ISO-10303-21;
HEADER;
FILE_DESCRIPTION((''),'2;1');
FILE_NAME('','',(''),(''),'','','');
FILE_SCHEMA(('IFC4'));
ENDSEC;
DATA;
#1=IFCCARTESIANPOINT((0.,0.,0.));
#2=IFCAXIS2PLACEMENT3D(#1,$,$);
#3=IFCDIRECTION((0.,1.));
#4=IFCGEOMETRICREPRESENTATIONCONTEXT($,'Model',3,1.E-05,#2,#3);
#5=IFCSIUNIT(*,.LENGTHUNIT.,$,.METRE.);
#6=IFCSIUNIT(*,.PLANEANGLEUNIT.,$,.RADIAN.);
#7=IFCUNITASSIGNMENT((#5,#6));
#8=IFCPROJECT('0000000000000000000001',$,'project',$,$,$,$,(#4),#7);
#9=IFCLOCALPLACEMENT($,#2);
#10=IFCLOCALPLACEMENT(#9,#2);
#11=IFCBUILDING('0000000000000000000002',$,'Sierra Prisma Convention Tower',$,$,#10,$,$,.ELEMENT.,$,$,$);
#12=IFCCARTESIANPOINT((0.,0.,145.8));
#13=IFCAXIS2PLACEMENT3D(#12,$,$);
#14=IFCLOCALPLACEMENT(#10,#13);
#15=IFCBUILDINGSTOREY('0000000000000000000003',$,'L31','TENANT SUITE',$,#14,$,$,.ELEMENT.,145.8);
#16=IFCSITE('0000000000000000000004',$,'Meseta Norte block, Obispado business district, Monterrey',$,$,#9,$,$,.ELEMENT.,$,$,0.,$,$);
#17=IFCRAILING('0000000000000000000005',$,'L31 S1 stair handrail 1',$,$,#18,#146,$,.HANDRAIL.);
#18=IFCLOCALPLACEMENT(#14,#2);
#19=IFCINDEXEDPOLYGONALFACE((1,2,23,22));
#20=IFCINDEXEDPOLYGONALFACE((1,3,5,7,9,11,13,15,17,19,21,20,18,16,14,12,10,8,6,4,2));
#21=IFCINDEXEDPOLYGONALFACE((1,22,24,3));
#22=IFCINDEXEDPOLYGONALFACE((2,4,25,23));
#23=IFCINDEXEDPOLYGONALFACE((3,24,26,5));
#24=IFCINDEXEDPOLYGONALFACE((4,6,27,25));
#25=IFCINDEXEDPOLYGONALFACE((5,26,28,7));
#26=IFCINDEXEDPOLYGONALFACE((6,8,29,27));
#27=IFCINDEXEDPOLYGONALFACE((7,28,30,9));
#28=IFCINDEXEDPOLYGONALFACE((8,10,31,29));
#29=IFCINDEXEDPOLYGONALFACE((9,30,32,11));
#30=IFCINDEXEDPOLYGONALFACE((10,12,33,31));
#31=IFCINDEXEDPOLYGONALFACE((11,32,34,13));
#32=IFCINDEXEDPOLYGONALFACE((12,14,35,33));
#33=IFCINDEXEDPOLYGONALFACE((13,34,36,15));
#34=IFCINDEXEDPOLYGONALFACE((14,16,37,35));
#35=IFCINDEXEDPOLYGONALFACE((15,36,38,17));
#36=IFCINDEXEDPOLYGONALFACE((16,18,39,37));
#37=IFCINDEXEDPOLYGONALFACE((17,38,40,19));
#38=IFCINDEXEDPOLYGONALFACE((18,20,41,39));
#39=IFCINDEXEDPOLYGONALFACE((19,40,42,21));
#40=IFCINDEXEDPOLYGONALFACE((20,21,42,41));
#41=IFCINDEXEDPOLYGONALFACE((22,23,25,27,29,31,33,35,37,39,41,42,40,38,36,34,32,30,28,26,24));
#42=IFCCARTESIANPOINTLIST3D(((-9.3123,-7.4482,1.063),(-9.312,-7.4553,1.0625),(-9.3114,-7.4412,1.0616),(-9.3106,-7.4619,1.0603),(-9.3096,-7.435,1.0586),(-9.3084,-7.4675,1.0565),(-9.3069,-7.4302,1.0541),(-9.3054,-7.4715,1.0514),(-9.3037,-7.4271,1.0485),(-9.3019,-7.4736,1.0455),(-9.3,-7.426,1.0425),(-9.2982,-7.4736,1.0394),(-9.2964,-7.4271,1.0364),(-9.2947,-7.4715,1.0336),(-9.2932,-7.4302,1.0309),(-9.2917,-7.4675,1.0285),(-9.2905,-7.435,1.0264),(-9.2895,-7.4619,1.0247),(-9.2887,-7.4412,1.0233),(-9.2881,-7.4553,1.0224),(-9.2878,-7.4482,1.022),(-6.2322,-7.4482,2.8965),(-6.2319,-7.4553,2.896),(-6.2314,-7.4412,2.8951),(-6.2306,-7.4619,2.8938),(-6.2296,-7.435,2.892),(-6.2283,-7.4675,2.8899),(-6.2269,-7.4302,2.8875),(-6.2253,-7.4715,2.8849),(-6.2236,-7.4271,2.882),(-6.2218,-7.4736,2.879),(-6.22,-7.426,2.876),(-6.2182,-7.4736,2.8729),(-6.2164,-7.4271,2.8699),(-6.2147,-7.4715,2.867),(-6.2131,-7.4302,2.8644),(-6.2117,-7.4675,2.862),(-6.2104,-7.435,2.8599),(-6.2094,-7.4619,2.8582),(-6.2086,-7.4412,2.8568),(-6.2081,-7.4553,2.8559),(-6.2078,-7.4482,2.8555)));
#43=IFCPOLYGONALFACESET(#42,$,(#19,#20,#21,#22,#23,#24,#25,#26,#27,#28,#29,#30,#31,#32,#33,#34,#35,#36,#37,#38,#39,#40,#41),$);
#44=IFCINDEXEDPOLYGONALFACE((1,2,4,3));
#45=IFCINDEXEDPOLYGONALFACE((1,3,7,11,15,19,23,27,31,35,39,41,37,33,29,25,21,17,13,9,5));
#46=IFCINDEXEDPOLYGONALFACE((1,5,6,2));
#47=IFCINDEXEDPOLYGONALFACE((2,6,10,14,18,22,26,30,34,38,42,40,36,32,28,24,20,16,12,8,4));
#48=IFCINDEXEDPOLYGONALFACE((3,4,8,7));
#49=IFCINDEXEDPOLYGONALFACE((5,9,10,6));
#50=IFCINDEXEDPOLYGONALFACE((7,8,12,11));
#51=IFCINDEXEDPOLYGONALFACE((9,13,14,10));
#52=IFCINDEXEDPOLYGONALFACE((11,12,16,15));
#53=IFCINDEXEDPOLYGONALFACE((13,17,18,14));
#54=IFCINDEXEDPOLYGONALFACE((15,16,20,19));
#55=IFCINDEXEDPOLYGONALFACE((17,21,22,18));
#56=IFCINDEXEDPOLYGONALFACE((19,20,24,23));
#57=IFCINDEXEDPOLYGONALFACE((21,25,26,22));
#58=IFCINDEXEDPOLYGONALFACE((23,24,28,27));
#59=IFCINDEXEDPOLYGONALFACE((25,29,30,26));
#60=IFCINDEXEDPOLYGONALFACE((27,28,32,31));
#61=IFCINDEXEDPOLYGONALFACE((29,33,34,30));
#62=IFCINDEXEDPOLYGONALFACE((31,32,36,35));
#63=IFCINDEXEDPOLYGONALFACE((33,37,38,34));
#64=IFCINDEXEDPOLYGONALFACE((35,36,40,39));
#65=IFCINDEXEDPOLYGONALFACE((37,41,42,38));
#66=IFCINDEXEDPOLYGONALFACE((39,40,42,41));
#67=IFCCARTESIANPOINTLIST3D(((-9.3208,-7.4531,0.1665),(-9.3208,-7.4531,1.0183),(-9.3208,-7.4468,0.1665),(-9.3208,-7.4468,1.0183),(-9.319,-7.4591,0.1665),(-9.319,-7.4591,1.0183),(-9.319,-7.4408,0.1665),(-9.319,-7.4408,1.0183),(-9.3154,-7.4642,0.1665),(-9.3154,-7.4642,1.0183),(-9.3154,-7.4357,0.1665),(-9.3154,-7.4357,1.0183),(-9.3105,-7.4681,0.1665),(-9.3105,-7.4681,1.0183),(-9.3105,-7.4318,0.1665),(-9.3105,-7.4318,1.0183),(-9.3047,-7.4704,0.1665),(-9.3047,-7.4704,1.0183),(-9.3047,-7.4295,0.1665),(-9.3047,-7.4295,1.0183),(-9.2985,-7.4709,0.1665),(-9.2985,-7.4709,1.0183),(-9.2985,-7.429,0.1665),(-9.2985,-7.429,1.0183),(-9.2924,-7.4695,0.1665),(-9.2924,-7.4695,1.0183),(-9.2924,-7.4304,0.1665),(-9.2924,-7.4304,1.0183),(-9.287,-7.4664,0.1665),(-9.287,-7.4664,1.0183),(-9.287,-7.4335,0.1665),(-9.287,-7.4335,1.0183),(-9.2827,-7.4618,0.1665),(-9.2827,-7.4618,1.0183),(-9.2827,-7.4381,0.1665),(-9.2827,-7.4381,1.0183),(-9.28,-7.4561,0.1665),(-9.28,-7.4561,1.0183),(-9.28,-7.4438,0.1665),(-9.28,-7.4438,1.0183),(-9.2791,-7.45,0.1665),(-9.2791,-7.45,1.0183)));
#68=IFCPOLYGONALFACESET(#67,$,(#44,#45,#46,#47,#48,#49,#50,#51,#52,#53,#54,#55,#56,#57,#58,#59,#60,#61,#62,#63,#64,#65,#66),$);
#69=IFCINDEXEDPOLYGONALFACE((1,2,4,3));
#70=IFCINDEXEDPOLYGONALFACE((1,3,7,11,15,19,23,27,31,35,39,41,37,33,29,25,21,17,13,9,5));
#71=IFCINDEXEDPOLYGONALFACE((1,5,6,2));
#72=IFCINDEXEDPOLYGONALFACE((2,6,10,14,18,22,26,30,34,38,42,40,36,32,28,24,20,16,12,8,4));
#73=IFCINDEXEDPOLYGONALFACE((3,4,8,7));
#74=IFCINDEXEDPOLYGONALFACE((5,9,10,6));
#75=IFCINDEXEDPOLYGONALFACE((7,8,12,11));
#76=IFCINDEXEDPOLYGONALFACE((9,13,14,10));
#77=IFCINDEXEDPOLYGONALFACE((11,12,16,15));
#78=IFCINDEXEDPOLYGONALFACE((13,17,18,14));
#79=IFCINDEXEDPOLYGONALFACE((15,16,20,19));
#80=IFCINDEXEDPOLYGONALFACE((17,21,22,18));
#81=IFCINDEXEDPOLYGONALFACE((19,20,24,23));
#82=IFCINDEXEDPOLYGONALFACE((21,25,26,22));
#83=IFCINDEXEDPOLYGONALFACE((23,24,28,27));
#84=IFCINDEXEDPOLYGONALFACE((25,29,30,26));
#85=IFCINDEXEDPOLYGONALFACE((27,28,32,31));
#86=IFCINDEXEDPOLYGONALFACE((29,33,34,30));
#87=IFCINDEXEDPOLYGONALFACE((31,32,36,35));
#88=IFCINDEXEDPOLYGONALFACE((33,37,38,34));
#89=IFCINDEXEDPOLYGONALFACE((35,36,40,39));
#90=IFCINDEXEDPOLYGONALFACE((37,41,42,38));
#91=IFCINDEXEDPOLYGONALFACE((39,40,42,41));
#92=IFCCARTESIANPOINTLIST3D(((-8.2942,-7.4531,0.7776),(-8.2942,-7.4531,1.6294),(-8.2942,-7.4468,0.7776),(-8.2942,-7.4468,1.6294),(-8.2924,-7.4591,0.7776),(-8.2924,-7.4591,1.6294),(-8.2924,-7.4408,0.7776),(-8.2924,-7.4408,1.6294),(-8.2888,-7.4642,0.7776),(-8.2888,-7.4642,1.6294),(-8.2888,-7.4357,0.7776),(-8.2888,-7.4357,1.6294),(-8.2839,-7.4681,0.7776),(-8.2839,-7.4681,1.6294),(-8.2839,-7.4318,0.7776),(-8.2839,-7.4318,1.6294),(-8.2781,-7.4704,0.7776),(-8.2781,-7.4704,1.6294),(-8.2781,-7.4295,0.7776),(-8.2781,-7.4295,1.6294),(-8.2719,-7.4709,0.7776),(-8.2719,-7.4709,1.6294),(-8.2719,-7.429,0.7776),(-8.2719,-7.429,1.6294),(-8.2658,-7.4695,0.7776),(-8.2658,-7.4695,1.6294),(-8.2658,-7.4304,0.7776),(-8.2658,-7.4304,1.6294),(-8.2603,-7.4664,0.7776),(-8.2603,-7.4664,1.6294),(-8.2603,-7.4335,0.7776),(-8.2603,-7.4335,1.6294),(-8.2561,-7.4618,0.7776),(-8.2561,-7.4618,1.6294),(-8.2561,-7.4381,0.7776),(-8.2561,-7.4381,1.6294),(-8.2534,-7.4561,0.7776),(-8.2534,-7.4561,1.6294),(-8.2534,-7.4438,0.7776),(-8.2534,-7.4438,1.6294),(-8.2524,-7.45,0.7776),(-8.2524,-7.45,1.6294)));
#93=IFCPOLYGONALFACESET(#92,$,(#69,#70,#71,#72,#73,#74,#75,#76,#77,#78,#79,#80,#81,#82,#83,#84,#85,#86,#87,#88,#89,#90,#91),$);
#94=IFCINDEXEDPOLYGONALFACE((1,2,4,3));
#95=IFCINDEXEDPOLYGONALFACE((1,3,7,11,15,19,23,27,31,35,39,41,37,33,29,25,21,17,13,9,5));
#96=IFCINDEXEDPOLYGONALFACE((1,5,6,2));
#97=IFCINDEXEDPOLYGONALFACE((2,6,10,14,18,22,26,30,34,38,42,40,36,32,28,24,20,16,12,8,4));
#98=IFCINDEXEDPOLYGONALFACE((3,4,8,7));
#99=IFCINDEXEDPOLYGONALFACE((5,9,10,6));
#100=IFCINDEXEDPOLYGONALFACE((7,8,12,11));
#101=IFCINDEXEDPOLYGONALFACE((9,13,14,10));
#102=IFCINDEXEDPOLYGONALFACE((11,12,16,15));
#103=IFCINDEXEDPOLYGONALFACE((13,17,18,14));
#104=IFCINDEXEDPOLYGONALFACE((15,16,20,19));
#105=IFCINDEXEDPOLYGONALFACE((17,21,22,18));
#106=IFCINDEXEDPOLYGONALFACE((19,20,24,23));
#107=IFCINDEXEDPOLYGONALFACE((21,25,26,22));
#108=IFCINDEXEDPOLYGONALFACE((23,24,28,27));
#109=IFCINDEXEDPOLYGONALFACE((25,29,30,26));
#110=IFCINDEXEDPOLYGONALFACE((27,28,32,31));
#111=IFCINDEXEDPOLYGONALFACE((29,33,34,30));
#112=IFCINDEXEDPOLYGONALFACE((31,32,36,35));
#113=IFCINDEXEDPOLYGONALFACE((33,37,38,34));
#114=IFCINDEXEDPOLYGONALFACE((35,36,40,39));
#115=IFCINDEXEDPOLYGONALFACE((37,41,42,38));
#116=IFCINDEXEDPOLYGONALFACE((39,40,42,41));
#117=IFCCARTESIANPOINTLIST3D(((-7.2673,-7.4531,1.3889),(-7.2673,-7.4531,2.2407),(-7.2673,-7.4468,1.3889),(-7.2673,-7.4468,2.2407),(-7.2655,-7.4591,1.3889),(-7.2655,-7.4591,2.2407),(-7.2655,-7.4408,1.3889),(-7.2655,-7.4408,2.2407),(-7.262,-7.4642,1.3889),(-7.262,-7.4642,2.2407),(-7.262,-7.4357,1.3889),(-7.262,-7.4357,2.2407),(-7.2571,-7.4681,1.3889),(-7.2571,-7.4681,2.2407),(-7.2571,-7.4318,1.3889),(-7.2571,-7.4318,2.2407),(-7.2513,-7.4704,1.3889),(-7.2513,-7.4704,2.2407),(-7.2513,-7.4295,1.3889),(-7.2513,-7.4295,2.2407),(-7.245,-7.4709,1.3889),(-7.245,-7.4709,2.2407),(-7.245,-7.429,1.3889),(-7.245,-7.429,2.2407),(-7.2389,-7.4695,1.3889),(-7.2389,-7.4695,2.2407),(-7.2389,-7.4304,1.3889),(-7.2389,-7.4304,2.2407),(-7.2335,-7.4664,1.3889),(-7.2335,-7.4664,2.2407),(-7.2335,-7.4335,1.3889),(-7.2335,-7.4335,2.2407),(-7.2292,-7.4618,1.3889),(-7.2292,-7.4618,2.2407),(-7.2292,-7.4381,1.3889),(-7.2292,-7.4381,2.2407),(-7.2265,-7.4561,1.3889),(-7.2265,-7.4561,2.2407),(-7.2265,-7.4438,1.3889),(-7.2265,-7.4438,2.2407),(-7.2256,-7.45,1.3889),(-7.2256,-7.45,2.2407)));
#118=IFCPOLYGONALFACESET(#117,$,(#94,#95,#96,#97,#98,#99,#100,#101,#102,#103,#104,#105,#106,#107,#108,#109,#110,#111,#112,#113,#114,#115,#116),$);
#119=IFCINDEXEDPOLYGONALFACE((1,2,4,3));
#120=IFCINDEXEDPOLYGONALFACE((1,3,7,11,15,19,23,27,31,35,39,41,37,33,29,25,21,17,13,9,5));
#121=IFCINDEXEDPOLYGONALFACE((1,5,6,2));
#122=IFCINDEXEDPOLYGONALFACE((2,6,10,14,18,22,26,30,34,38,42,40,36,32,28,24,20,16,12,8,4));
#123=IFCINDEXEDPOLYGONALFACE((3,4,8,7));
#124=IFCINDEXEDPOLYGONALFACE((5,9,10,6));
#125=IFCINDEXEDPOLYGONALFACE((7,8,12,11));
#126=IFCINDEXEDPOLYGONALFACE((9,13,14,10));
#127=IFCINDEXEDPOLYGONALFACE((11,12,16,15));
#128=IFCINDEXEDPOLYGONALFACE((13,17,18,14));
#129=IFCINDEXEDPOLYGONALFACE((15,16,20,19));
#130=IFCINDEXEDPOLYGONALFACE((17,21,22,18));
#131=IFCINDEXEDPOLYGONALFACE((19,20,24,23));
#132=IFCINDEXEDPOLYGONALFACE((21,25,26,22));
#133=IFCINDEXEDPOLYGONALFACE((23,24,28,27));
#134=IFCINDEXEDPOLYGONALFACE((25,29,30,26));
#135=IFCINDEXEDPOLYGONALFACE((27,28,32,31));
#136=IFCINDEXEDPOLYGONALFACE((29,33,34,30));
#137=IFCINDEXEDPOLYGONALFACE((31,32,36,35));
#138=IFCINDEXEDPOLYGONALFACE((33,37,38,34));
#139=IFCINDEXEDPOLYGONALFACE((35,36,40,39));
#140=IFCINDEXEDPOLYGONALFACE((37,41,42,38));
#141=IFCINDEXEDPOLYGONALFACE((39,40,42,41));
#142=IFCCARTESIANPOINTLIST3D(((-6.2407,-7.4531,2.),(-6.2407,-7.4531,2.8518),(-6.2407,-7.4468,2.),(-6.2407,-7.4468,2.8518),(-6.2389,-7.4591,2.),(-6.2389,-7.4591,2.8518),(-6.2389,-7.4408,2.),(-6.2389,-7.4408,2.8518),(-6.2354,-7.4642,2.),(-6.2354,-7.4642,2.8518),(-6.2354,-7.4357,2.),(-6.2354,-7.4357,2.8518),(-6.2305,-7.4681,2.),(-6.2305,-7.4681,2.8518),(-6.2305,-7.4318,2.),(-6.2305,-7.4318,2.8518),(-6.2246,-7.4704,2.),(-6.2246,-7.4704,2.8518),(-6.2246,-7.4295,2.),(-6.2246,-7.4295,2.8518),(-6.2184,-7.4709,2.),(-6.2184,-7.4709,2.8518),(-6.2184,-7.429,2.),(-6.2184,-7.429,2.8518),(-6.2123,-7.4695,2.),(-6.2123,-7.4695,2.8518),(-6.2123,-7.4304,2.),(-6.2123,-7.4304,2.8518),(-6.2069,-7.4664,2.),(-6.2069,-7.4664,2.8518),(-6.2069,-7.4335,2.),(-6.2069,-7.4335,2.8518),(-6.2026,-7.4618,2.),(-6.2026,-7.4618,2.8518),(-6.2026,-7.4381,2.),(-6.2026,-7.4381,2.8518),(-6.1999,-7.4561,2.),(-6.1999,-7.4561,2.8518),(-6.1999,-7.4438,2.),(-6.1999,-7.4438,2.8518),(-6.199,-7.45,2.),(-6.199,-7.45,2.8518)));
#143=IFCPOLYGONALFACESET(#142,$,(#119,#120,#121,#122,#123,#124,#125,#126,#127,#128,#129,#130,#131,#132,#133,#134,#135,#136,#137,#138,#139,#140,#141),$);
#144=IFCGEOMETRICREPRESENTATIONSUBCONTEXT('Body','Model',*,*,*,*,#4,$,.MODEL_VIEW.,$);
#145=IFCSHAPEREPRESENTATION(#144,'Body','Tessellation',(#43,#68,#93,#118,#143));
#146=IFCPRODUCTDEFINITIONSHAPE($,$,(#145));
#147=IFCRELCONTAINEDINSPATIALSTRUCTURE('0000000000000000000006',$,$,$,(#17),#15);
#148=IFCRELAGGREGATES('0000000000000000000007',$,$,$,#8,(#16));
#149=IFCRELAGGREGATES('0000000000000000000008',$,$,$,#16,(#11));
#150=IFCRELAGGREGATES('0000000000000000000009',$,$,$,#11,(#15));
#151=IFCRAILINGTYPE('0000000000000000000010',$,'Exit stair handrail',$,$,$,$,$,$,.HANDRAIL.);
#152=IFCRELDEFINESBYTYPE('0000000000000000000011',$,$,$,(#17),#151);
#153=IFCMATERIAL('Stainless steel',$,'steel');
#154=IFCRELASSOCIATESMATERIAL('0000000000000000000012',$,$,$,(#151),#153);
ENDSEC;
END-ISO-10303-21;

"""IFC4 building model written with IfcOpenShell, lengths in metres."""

from ifc_helpers import new_model, si_unit, direction, frame, origin, origin_2d, place, context, subcontext, project, spatial, circle, extrude, material, type_object, element, save


model = new_model("IFC4")

# Units and contexts
model_context = context("Model", 3, precision=1e-05, world=origin(), true_north=direction((0.0, 1.0)))
body_context = subcontext(model_context, "Body", "Model", "MODEL_VIEW")
ifc_project = project(units=[si_unit("LENGTHUNIT", "METRE"), si_unit("PLANEANGLEUNIT", "RADIAN")], contexts=[model_context])

# Site, building, storey
site_placement = place(None, origin())
site = spatial("IfcSite", under=ifc_project, at=site_placement, Name="Meseta Norte block, Obispado business district, Monterrey", CompositionType="ELEMENT", RefElevation=0.0)
building_placement = place(site_placement, origin())
building = spatial("IfcBuilding", under=site, at=building_placement, Name="Sierra Prisma Convention Tower", CompositionType="ELEMENT")
storey_placement = place(building_placement, frame((0.0, 0.0, 145.8)))
storey = spatial("IfcBuildingStorey", under=building, at=storey_placement, Name="L31", Description="TENANT SUITE", CompositionType="ELEMENT", Elevation=145.8)

# Railing
ifc_material_1 = material(Name="Stainless steel", Category="steel")
railing_type_1 = type_object("IfcRailingType", Name="Exit stair handrail", PredefinedType="HANDRAIL", material=ifc_material_1)
railing_1_placement = place(storey_placement, frame((-9.3, -7.45, 0.1665)))
element("IfcRailing", 1, at=railing_1_placement, inside=storey, type_object=railing_type_1, Name="L31 S1 stair handrail 1", PredefinedType="HANDRAIL", context=body_context, shape_type="SweptSolid", body=[
    extrude(circle(Radius=0.0239, at=origin_2d()), frame((0.0, 0.0, 0.876), z_axis=(0.859279, 0.0, 0.511508), x_axis=(0.0, 1.0, 0.0)), (0.0, 0.0, 1.0), 3.5845),
    extrude(circle(Radius=0.021, at=origin_2d()), origin(), (0.0, 0.0, 1.0), 0.8518),
    extrude(circle(Radius=0.021, at=origin_2d()), frame((1.0266, 0.0, 0.6111)), (0.0, 0.0, 1.0), 0.8518),
    extrude(circle(Radius=0.021, at=origin_2d()), frame((2.0535, 0.0, 1.2224)), (0.0, 0.0, 1.0), 0.8518),
    extrude(circle(Radius=0.021, at=origin_2d()), frame((3.0801, 0.0, 1.8335)), (0.0, 0.0, 1.0), 0.8518),
])

save(model, "model.ifc")
